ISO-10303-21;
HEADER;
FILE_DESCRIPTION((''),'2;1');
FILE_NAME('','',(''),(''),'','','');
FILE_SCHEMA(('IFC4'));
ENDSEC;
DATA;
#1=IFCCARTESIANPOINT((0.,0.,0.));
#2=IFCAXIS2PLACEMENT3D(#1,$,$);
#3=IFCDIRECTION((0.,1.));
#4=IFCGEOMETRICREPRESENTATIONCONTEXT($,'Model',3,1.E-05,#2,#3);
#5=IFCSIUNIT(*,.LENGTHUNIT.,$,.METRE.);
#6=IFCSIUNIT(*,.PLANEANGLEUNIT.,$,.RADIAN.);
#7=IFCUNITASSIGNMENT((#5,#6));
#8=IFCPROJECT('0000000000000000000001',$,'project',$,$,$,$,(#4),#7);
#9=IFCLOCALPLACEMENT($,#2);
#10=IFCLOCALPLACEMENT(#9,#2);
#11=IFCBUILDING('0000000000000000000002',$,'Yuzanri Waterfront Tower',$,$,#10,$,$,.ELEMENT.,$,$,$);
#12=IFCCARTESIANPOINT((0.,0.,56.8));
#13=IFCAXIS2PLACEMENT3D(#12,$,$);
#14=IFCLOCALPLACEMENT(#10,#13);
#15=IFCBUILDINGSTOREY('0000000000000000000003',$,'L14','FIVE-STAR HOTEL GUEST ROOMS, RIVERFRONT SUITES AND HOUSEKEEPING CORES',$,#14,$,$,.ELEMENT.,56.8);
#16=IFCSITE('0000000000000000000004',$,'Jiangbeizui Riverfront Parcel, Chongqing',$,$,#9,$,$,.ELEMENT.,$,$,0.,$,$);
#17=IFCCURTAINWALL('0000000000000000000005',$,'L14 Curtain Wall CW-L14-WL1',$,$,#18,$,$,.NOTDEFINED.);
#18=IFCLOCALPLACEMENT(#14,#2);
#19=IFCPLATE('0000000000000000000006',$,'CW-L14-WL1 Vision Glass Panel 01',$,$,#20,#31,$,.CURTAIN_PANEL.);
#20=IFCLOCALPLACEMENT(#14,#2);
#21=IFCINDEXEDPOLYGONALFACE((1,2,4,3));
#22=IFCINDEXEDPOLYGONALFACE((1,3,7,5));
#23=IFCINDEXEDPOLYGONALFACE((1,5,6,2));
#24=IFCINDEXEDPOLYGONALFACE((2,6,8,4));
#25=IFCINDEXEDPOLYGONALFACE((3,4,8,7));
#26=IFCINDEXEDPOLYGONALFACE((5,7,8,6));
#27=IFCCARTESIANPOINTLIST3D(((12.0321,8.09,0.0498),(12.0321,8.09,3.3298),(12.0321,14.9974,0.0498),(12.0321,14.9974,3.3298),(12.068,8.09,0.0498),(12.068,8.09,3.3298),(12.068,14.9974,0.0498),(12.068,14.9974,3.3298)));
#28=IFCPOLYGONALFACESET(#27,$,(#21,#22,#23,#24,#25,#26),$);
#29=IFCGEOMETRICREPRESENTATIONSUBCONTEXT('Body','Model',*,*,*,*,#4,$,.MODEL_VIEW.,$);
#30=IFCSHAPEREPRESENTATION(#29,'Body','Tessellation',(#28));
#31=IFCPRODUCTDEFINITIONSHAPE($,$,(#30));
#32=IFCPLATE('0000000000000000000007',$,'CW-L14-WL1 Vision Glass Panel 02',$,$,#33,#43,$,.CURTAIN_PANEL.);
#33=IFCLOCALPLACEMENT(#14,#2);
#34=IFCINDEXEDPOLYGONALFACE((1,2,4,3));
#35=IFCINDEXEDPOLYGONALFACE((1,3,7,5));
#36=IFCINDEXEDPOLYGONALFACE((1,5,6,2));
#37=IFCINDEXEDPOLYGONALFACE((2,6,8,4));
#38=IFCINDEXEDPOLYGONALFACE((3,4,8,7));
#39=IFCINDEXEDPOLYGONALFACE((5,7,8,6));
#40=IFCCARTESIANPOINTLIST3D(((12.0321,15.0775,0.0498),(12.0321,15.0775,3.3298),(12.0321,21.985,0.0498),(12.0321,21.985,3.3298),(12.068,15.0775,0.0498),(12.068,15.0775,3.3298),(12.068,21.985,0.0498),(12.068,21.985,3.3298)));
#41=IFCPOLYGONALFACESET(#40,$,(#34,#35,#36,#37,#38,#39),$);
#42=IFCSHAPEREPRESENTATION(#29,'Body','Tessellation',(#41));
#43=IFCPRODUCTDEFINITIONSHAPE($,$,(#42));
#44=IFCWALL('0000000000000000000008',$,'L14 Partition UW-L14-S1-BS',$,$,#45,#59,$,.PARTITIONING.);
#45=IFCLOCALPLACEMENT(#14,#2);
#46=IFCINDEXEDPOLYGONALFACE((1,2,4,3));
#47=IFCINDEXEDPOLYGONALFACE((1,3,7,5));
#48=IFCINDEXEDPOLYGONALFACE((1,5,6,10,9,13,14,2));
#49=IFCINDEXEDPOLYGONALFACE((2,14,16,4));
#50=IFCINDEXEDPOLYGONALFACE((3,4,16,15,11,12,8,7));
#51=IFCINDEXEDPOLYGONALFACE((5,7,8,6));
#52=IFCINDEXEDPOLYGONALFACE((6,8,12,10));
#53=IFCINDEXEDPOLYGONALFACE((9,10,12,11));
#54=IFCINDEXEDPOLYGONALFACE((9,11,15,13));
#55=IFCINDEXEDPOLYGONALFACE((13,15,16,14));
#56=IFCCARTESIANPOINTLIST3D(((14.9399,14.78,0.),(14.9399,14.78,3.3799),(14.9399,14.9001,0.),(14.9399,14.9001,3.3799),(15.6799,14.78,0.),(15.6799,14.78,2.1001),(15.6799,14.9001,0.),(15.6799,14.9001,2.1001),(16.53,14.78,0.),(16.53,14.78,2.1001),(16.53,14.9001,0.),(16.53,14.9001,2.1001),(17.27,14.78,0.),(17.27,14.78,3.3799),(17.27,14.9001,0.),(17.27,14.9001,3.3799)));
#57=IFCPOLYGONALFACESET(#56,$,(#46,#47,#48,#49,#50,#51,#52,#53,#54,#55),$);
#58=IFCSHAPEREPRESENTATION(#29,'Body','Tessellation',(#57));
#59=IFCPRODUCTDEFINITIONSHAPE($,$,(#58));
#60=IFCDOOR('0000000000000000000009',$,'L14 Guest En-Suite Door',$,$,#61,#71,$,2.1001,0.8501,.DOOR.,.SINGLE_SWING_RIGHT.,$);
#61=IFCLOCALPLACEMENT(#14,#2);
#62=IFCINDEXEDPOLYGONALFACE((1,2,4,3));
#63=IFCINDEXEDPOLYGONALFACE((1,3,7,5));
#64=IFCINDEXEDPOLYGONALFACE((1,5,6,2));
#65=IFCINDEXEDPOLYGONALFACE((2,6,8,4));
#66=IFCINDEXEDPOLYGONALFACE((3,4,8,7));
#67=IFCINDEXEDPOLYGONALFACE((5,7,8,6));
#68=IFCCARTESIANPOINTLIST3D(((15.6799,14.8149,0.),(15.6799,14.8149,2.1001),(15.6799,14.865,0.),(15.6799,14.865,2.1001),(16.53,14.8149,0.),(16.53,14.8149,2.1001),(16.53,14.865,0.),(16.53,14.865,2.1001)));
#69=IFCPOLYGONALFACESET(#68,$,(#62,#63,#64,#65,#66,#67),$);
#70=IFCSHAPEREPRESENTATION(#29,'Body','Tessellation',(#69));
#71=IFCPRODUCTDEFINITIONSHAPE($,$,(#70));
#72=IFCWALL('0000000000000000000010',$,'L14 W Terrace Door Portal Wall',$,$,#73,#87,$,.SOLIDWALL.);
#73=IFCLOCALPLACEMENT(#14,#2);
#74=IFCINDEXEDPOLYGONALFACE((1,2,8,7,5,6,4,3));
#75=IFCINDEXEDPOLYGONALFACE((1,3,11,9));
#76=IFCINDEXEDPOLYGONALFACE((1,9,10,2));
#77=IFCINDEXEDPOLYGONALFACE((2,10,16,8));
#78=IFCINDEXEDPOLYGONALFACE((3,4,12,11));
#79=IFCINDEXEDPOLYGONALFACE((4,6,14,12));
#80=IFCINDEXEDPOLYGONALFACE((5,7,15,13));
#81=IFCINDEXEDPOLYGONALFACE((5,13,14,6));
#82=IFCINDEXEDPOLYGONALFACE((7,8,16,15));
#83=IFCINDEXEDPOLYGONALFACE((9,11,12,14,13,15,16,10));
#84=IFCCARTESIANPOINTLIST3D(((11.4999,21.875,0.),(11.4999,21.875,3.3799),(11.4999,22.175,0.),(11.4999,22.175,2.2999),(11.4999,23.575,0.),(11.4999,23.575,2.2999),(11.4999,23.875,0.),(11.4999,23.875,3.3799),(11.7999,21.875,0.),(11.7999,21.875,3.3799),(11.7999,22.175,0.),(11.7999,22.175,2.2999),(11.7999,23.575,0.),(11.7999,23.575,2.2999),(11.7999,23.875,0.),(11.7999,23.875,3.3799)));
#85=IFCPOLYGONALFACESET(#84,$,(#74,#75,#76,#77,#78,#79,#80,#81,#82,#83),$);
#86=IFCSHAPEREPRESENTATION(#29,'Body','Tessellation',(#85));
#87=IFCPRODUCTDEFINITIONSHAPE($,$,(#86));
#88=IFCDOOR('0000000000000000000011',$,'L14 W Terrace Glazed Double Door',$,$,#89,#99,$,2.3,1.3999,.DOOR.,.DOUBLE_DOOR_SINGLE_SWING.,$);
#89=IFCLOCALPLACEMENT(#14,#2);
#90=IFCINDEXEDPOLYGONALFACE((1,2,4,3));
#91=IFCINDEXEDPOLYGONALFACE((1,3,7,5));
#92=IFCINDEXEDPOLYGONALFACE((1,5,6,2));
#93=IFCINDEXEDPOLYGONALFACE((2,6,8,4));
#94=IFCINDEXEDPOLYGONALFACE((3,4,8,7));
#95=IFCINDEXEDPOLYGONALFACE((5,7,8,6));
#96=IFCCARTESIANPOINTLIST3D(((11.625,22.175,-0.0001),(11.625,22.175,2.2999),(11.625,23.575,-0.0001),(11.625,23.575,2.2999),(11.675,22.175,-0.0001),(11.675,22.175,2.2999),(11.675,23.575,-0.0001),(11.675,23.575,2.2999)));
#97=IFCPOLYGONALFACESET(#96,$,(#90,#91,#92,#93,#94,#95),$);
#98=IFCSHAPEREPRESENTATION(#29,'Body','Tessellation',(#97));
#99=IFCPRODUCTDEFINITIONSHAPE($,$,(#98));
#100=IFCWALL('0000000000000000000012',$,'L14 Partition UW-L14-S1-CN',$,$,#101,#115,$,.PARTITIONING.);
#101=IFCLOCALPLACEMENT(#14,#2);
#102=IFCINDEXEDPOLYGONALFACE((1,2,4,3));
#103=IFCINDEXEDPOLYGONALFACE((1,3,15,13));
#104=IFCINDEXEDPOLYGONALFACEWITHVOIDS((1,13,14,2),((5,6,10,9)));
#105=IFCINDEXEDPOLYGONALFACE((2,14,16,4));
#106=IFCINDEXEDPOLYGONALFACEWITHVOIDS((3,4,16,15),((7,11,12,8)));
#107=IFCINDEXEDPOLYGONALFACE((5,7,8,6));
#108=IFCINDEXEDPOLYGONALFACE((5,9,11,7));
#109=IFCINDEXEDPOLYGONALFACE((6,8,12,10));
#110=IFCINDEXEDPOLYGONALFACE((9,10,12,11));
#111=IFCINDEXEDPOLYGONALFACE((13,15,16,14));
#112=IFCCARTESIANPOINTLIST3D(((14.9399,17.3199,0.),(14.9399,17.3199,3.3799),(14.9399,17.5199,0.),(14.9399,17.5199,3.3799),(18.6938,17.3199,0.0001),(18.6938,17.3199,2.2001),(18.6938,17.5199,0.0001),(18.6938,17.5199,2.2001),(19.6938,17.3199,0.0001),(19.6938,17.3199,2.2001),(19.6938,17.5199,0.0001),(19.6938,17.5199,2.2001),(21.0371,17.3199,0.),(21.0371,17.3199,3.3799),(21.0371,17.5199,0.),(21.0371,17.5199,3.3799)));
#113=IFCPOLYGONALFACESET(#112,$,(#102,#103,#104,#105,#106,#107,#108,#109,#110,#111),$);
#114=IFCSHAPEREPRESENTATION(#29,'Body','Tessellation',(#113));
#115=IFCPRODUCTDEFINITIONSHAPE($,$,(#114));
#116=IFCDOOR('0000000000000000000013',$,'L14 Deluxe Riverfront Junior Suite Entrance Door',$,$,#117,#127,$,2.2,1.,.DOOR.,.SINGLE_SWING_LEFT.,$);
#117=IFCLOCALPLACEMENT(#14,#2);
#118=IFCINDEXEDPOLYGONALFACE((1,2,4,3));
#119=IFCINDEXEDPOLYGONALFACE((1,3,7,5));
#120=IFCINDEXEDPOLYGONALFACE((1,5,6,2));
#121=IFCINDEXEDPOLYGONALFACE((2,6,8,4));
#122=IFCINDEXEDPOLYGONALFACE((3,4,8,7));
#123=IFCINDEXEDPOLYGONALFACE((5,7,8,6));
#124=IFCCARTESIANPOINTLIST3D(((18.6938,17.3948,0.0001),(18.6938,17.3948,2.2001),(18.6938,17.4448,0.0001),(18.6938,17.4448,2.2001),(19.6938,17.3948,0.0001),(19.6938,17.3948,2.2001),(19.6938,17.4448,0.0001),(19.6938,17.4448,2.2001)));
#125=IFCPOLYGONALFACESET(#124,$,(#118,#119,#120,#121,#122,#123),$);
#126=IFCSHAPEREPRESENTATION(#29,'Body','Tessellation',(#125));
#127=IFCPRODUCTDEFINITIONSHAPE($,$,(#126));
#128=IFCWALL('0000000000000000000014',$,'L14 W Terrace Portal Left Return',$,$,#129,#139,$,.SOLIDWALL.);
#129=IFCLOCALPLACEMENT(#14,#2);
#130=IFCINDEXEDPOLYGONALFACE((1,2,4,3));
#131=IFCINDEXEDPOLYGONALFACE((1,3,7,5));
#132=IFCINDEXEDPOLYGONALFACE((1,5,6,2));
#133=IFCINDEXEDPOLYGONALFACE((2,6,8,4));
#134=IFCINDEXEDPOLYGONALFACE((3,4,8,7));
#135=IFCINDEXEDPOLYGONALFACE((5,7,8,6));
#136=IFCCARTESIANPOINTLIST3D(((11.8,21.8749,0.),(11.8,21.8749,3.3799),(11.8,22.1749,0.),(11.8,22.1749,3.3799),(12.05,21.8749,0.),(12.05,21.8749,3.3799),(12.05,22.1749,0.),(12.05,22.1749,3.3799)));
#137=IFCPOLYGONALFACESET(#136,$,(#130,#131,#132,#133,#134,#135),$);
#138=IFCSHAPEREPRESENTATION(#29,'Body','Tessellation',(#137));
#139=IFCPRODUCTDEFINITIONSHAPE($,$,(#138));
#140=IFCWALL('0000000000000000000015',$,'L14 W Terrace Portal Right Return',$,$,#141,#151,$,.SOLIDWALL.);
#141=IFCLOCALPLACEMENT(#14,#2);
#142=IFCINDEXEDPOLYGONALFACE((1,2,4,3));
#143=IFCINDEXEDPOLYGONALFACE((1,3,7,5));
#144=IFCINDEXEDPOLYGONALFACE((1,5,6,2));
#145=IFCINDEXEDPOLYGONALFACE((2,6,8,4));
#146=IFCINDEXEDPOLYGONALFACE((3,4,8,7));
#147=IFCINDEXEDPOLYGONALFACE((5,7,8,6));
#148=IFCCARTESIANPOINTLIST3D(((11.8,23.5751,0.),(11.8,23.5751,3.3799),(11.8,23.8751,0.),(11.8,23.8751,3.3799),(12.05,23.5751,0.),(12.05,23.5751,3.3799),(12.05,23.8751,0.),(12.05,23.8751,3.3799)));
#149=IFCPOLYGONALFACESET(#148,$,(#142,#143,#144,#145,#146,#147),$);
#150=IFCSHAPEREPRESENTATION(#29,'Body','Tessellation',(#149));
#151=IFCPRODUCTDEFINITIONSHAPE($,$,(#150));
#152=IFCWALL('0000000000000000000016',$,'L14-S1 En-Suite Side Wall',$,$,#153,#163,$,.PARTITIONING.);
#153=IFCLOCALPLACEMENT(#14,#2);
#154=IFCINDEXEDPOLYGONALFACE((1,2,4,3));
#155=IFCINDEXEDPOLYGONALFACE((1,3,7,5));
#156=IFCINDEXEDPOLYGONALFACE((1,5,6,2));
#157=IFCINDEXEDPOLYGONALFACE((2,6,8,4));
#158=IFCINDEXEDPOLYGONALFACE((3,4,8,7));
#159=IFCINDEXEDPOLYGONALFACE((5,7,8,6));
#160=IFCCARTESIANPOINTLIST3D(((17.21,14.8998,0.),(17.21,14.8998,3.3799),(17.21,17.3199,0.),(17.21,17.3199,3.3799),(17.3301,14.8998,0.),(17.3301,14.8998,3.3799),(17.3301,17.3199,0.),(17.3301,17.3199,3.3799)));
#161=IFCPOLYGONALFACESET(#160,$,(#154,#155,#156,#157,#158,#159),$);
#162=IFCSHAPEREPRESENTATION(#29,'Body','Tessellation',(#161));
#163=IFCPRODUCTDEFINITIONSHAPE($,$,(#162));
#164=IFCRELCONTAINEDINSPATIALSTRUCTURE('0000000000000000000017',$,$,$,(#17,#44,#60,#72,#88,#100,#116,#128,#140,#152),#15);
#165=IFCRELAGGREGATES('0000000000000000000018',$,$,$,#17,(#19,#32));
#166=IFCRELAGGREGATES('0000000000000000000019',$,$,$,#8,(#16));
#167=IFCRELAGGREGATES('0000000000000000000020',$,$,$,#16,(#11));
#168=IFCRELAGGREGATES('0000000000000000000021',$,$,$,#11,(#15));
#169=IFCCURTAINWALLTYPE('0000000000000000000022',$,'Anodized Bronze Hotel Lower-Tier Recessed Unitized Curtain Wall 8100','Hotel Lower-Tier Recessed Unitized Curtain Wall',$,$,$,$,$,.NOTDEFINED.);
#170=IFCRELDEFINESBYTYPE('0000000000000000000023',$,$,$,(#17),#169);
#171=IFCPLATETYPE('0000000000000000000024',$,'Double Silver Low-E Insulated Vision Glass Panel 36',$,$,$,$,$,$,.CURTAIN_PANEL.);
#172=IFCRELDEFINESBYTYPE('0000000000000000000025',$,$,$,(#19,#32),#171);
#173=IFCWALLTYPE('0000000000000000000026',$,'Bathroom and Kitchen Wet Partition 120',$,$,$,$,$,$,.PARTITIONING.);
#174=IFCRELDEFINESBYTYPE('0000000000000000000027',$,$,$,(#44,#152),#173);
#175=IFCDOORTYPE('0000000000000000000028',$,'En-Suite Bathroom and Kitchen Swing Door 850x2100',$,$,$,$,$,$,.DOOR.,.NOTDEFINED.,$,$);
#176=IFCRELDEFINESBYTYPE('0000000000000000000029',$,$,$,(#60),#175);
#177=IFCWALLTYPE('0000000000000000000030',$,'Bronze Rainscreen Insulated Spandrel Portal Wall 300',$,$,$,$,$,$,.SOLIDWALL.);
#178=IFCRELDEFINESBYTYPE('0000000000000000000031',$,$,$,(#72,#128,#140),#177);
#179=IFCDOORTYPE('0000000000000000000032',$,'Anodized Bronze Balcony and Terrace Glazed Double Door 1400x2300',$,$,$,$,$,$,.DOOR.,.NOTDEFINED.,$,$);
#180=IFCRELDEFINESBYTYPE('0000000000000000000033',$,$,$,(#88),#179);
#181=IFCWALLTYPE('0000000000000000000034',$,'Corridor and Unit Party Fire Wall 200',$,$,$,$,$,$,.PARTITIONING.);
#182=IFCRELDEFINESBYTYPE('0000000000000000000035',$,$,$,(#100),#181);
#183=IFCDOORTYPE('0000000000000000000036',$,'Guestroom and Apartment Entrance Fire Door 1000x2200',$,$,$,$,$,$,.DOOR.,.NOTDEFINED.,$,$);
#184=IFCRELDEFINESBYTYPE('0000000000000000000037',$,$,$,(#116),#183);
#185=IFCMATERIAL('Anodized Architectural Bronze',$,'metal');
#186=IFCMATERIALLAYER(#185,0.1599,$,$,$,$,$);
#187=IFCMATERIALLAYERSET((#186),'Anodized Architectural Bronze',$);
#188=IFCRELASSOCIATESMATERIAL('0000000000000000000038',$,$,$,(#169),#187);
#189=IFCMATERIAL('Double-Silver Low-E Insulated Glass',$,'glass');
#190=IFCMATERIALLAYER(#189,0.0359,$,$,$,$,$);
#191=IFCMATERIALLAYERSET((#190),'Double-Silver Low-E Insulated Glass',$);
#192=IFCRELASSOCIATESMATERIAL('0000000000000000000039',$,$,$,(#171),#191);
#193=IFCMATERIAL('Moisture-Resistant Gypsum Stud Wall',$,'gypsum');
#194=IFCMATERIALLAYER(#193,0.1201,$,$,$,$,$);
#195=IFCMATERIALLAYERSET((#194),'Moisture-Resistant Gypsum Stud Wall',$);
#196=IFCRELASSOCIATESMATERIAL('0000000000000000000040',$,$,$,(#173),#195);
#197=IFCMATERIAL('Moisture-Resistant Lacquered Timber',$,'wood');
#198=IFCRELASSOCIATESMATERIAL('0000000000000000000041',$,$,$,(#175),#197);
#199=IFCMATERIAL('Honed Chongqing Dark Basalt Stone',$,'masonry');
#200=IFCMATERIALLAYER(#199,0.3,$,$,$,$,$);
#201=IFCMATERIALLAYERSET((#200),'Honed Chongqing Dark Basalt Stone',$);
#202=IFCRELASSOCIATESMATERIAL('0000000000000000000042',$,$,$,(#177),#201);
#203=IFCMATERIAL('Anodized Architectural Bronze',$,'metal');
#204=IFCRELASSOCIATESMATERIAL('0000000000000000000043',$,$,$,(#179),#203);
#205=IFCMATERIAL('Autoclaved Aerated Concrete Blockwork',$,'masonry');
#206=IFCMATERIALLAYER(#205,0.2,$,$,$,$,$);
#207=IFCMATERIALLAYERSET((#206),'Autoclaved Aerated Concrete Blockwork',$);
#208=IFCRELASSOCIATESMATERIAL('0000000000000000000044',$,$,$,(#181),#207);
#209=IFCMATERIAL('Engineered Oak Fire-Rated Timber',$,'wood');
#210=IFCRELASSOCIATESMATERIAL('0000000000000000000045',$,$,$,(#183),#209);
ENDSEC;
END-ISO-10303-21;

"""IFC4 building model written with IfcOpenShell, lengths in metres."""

from ifc_helpers import new_model, si_unit, direction, frame, frame_2d, origin, origin_2d, place, context, subcontext, project, spatial, rectangle, extrude, source, transform, mapped, material, layer, layer_set, type_object, element, fill, aggregate, save


model = new_model("IFC4")

# Units and contexts
model_context = context("Model", 3, precision=1e-05, world=origin(), true_north=direction((0.0, 1.0)))
body_context = subcontext(model_context, "Body", "Model", "MODEL_VIEW")
ifc_project = project(units=[si_unit("LENGTHUNIT", "METRE"), si_unit("PLANEANGLEUNIT", "RADIAN")], contexts=[model_context])

# Site, building, storey
site_placement = place(None, origin())
site = spatial("IfcSite", under=ifc_project, at=site_placement, Name="Jiangbeizui Riverfront Parcel, Chongqing", CompositionType="ELEMENT", RefElevation=0.0)
building_placement = place(site_placement, origin())
building = spatial("IfcBuilding", under=site, at=building_placement, Name="Yuzanri Waterfront Tower", CompositionType="ELEMENT")
storey_placement = place(building_placement, frame((0.0, 0.0, 56.8)))
storey = spatial("IfcBuildingStorey", under=building, at=storey_placement, Name="L14", Description="FIVE-STAR HOTEL GUEST ROOMS, RIVERFRONT SUITES AND HOUSEKEEPING CORES", CompositionType="ELEMENT", Elevation=56.8)

# Curtain wall
ifc_material_1 = material(Name="Anodized Architectural Bronze", Category="metal")
ifc_layer_1 = layer(ifc_material_1, 0.1599)
ifc_layer_set_1 = layer_set([ifc_layer_1], Name="Anodized Architectural Bronze")
curtain_wall_type = type_object("IfcCurtainWallType", Name="Anodized Bronze Hotel Lower-Tier Recessed Unitized Curtain Wall 8100", Description="Hotel Lower-Tier Recessed Unitized Curtain Wall", PredefinedType="NOTDEFINED", material=ifc_layer_set_1)
curtain_wall_1_placement = place(storey_placement, origin())
curtain_wall_1 = element("IfcCurtainWall", 1, at=curtain_wall_1_placement, inside=storey, type_object=curtain_wall_type, Name="L14 Curtain Wall CW-L14-WL1", PredefinedType="NOTDEFINED")

# Plates
ifc_material_2 = material(Name="Double-Silver Low-E Insulated Glass", Category="glass")
ifc_layer_2 = layer(ifc_material_2, 0.0359)
ifc_layer_set_2 = layer_set([ifc_layer_2], Name="Double-Silver Low-E Insulated Glass")
plate_type = type_object("IfcPlateType", Name="Double Silver Low-E Insulated Vision Glass Panel 36", PredefinedType="CURTAIN_PANEL", material=ifc_layer_set_2)
shared_shape_1 = source(origin(), body_context, "Body", "SweptSolid", [
    extrude(rectangle(XDim=6.9075, YDim=0.0359, at=origin_2d()), origin(), (0.0, 0.0, 1.0), 3.28),
])
plate_1_placement = place(storey_placement, frame((12.05, 11.5437, 0.0498), z_axis=(0.0, 0.0, 1.0), x_axis=(0.0, 1.0, 0.0)))
plate_1 = element("IfcPlate", 2, at=plate_1_placement, type_object=plate_type, Name="CW-L14-WL1 Vision Glass Panel 01", PredefinedType="CURTAIN_PANEL", context=body_context, shape_type="MappedRepresentation", body=[
    mapped(shared_shape_1, transform((0.0, 0.0, 0.0), scale=1.0)),
])
plate_2_placement = place(storey_placement, frame((12.05, 18.5312, 0.0498), z_axis=(0.0, 0.0, 1.0), x_axis=(0.0, 1.0, 0.0)))
plate_2 = element("IfcPlate", 3, at=plate_2_placement, type_object=plate_type, Name="CW-L14-WL1 Vision Glass Panel 02", PredefinedType="CURTAIN_PANEL", context=body_context, shape_type="MappedRepresentation", body=[
    mapped(shared_shape_1, transform((0.0, 0.0, 0.0), scale=1.0)),
])
aggregate(curtain_wall_1, [plate_1, plate_2])

# Walls, openings, doors
ifc_material_3 = material(Name="Moisture-Resistant Gypsum Stud Wall", Category="gypsum")
ifc_layer_3 = layer(ifc_material_3, 0.1201)
ifc_layer_set_3 = layer_set([ifc_layer_3], Name="Moisture-Resistant Gypsum Stud Wall")
wall_type_1 = type_object("IfcWallType", Name="Bathroom and Kitchen Wet Partition 120", PredefinedType="PARTITIONING", material=ifc_layer_set_3)
wall_1_placement = place(storey_placement, frame((14.9399, 14.8401, 0.0), z_axis=(0.0, 0.0, 1.0), x_axis=(1.0, 0.0, 0.0)))
wall_1 = element("IfcWall", 4, at=wall_1_placement, inside=storey, type_object=wall_type_1, Name="L14 Partition UW-L14-S1-BS", PredefinedType="PARTITIONING", context=body_context, shape_type="SweptSolid", body=[
    extrude(rectangle(XDim=2.3301, YDim=0.1201, at=frame_2d((1.165, 0.0))), origin(), (0.0, 0.0, 1.0), 3.3799),
])
opening_1_placement = place(wall_1_placement, frame((0.74, 0.0, 0.0)))
opening_1 = element("IfcOpeningElement", 5, at=opening_1_placement, cuts=wall_1, PredefinedType="OPENING", context=body_context, shape_type="SweptSolid", body=[
    extrude(rectangle(XDim=0.8501, YDim=2.1001, at=frame_2d((0.425, 1.05))), frame((0.0, 0.075, 0.0), z_axis=(0.0, -1.0, 0.0), x_axis=(1.0, 0.0, 0.0)), (0.0, 0.0, 1.0), 0.1499),
])
ifc_material_4 = material(Name="Moisture-Resistant Lacquered Timber", Category="wood")
door_type_1 = type_object("IfcDoorType", Name="En-Suite Bathroom and Kitchen Swing Door 850x2100", OperationType="NOTDEFINED", PredefinedType="DOOR", material=ifc_material_4)
shared_shape_2 = source(origin(), body_context, "Body", "SweptSolid", [
    extrude(rectangle(XDim=0.8501, YDim=2.1001, at=frame_2d((0.425, 1.05))), frame((0.0, 0.0249, 0.0), z_axis=(0.0, -1.0, 0.0), x_axis=(1.0, 0.0, 0.0)), (0.0, 0.0, 1.0), 0.05),
])
door_1_placement = place(opening_1_placement, origin())
door_1 = element("IfcDoor", 6, at=door_1_placement, inside=storey, type_object=door_type_1, Name="L14 Guest En-Suite Door", OperationType="SINGLE_SWING_RIGHT", OverallHeight=2.1001, OverallWidth=0.8501, PredefinedType="DOOR", context=body_context, shape_type="MappedRepresentation", body=[
    mapped(shared_shape_2, transform((0.0, 0.0, 0.0), scale=1.0)),
])
fill(opening_1, door_1)
ifc_material_5 = material(Name="Honed Chongqing Dark Basalt Stone", Category="masonry")
ifc_layer_4 = layer(ifc_material_5, 0.3)
ifc_layer_set_4 = layer_set([ifc_layer_4], Name="Honed Chongqing Dark Basalt Stone")
wall_type_2 = type_object("IfcWallType", Name="Bronze Rainscreen Insulated Spandrel Portal Wall 300", PredefinedType="SOLIDWALL", material=ifc_layer_set_4)
wall_2_placement = place(storey_placement, frame((11.6499, 21.875, 0.0), z_axis=(0.0, 0.0, 1.0), x_axis=(0.0, 1.0, 0.0)))
wall_2 = element("IfcWall", 7, at=wall_2_placement, inside=storey, type_object=wall_type_2, Name="L14 W Terrace Door Portal Wall", PredefinedType="SOLIDWALL", context=body_context, shape_type="SweptSolid", body=[
    extrude(rectangle(XDim=2.0, YDim=0.3, at=frame_2d((1.0, 0.0))), origin(), (0.0, 0.0, 1.0), 3.3799),
])
opening_2_placement = place(wall_2_placement, frame((0.3, 0.0, 0.0)))
opening_2 = element("IfcOpeningElement", 8, at=opening_2_placement, cuts=wall_2, PredefinedType="OPENING", context=body_context, shape_type="SweptSolid", body=[
    extrude(rectangle(XDim=1.3999, YDim=2.3, at=frame_2d((0.7, 1.1499))), frame((0.0, 0.165, 0.0), z_axis=(0.0, -1.0, 0.0), x_axis=(1.0, 0.0, 0.0)), (0.0, 0.0, 1.0), 0.3298),
])
ifc_material_6 = material(Name="Anodized Architectural Bronze", Category="metal")
door_type_2 = type_object("IfcDoorType", Name="Anodized Bronze Balcony and Terrace Glazed Double Door 1400x2300", OperationType="NOTDEFINED", PredefinedType="DOOR", material=ifc_material_6)
shared_shape_3 = source(origin(), body_context, "Body", "SweptSolid", [
    extrude(rectangle(XDim=1.3999, YDim=2.3, at=frame_2d((0.7, 1.1499))), frame((0.0, 0.0249, 0.0), z_axis=(0.0, -1.0, 0.0), x_axis=(1.0, 0.0, 0.0)), (0.0, 0.0, 1.0), 0.05),
])
door_2_placement = place(opening_2_placement, origin())
door_2 = element("IfcDoor", 9, at=door_2_placement, inside=storey, type_object=door_type_2, Name="L14 W Terrace Glazed Double Door", OperationType="DOUBLE_DOOR_SINGLE_SWING", OverallHeight=2.3, OverallWidth=1.3999, PredefinedType="DOOR", context=body_context, shape_type="MappedRepresentation", body=[
    mapped(shared_shape_3, transform((0.0, 0.0, 0.0), scale=1.0)),
])
fill(opening_2, door_2)
ifc_material_7 = material(Name="Autoclaved Aerated Concrete Blockwork", Category="masonry")
ifc_layer_5 = layer(ifc_material_7, 0.2)
ifc_layer_set_5 = layer_set([ifc_layer_5], Name="Autoclaved Aerated Concrete Blockwork")
wall_type_3 = type_object("IfcWallType", Name="Corridor and Unit Party Fire Wall 200", PredefinedType="PARTITIONING", material=ifc_layer_set_5)
wall_3_placement = place(storey_placement, frame((14.9399, 17.4199, 0.0), z_axis=(0.0, 0.0, 1.0), x_axis=(1.0, 0.0, 0.0)))
wall_3 = element("IfcWall", 10, at=wall_3_placement, inside=storey, type_object=wall_type_3, Name="L14 Partition UW-L14-S1-CN", PredefinedType="PARTITIONING", context=body_context, shape_type="SweptSolid", body=[
    extrude(rectangle(XDim=6.0972, YDim=0.2, at=frame_2d((3.0486, 0.0))), origin(), (0.0, 0.0, 1.0), 3.3799),
])
opening_3_placement = place(wall_3_placement, frame((3.7539, 0.0, 0.0)))
opening_3 = element("IfcOpeningElement", 11, at=opening_3_placement, cuts=wall_3, PredefinedType="OPENING", context=body_context, shape_type="SweptSolid", body=[
    extrude(rectangle(XDim=1.0, YDim=2.2, at=frame_2d((0.5, 1.1001))), frame((0.0, 0.1147, 0.0), z_axis=(0.0, -1.0, 0.0), x_axis=(1.0, 0.0, 0.0)), (0.0, 0.0, 1.0), 0.2297),
])
ifc_material_8 = material(Name="Engineered Oak Fire-Rated Timber", Category="wood")
door_type_3 = type_object("IfcDoorType", Name="Guestroom and Apartment Entrance Fire Door 1000x2200", OperationType="NOTDEFINED", PredefinedType="DOOR", material=ifc_material_8)
shared_shape_4 = source(origin(), body_context, "Body", "SweptSolid", [
    extrude(rectangle(XDim=1.0, YDim=2.2, at=frame_2d((0.5, 1.1001))), frame((0.0, 0.0249, 0.0), z_axis=(0.0, -1.0, 0.0), x_axis=(1.0, 0.0, 0.0)), (0.0, 0.0, 1.0), 0.05),
])
door_3_placement = place(opening_3_placement, origin())
door_3 = element("IfcDoor", 12, at=door_3_placement, inside=storey, type_object=door_type_3, Name="L14 Deluxe Riverfront Junior Suite Entrance Door", OperationType="SINGLE_SWING_LEFT", OverallHeight=2.2, OverallWidth=1.0, PredefinedType="DOOR", context=body_context, shape_type="MappedRepresentation", body=[
    mapped(shared_shape_4, transform((0.0, 0.0, 0.0), scale=1.0)),
])
fill(opening_3, door_3)

# Walls
shared_shape_5 = source(origin(), body_context, "Body", "SweptSolid", [
    extrude(rectangle(XDim=0.25, YDim=0.3, at=frame_2d((0.125, 0.0))), origin(), (0.0, 0.0, 1.0), 3.3799),
])
for number, where, z_axis, x_axis, name in (
    (13, (12.05, 22.0249, 0.0), (0.0, 0.0, 1.0), (-1.0, 0.0, 0.0), "L14 W Terrace Portal Left Return"),
    (14, (11.8, 23.7251, 0.0), (0.0, 0.0, 1.0), (1.0, 0.0, 0.0), "L14 W Terrace Portal Right Return"),
):
    element("IfcWall", number, at=place(storey_placement, frame(where, z_axis=z_axis, x_axis=x_axis)), inside=storey, type_object=wall_type_2, Name=name, PredefinedType="SOLIDWALL", context=body_context, shape_type="MappedRepresentation", body=[
        mapped(shared_shape_5, transform((0.0, 0.0, 0.0), scale=1.0)),
    ])
shared_shape_6 = source(origin(), body_context, "Body", "SweptSolid", [
    extrude(rectangle(XDim=2.4202, YDim=0.1201, at=frame_2d((1.21, 0.0))), origin(), (0.0, 0.0, 1.0), 3.3799),
])
wall_4_placement = place(storey_placement, frame((17.27, 14.8999, 0.0), z_axis=(0.0, 0.0, 1.0), x_axis=(0.0, 1.0, 0.0)))
element("IfcWall", 15, at=wall_4_placement, inside=storey, type_object=wall_type_1, Name="L14-S1 En-Suite Side Wall", PredefinedType="PARTITIONING", context=body_context, shape_type="MappedRepresentation", body=[
    mapped(shared_shape_6, transform((0.0, 0.0, 0.0), scale=1.0)),
])

save(model, "model.ifc")
